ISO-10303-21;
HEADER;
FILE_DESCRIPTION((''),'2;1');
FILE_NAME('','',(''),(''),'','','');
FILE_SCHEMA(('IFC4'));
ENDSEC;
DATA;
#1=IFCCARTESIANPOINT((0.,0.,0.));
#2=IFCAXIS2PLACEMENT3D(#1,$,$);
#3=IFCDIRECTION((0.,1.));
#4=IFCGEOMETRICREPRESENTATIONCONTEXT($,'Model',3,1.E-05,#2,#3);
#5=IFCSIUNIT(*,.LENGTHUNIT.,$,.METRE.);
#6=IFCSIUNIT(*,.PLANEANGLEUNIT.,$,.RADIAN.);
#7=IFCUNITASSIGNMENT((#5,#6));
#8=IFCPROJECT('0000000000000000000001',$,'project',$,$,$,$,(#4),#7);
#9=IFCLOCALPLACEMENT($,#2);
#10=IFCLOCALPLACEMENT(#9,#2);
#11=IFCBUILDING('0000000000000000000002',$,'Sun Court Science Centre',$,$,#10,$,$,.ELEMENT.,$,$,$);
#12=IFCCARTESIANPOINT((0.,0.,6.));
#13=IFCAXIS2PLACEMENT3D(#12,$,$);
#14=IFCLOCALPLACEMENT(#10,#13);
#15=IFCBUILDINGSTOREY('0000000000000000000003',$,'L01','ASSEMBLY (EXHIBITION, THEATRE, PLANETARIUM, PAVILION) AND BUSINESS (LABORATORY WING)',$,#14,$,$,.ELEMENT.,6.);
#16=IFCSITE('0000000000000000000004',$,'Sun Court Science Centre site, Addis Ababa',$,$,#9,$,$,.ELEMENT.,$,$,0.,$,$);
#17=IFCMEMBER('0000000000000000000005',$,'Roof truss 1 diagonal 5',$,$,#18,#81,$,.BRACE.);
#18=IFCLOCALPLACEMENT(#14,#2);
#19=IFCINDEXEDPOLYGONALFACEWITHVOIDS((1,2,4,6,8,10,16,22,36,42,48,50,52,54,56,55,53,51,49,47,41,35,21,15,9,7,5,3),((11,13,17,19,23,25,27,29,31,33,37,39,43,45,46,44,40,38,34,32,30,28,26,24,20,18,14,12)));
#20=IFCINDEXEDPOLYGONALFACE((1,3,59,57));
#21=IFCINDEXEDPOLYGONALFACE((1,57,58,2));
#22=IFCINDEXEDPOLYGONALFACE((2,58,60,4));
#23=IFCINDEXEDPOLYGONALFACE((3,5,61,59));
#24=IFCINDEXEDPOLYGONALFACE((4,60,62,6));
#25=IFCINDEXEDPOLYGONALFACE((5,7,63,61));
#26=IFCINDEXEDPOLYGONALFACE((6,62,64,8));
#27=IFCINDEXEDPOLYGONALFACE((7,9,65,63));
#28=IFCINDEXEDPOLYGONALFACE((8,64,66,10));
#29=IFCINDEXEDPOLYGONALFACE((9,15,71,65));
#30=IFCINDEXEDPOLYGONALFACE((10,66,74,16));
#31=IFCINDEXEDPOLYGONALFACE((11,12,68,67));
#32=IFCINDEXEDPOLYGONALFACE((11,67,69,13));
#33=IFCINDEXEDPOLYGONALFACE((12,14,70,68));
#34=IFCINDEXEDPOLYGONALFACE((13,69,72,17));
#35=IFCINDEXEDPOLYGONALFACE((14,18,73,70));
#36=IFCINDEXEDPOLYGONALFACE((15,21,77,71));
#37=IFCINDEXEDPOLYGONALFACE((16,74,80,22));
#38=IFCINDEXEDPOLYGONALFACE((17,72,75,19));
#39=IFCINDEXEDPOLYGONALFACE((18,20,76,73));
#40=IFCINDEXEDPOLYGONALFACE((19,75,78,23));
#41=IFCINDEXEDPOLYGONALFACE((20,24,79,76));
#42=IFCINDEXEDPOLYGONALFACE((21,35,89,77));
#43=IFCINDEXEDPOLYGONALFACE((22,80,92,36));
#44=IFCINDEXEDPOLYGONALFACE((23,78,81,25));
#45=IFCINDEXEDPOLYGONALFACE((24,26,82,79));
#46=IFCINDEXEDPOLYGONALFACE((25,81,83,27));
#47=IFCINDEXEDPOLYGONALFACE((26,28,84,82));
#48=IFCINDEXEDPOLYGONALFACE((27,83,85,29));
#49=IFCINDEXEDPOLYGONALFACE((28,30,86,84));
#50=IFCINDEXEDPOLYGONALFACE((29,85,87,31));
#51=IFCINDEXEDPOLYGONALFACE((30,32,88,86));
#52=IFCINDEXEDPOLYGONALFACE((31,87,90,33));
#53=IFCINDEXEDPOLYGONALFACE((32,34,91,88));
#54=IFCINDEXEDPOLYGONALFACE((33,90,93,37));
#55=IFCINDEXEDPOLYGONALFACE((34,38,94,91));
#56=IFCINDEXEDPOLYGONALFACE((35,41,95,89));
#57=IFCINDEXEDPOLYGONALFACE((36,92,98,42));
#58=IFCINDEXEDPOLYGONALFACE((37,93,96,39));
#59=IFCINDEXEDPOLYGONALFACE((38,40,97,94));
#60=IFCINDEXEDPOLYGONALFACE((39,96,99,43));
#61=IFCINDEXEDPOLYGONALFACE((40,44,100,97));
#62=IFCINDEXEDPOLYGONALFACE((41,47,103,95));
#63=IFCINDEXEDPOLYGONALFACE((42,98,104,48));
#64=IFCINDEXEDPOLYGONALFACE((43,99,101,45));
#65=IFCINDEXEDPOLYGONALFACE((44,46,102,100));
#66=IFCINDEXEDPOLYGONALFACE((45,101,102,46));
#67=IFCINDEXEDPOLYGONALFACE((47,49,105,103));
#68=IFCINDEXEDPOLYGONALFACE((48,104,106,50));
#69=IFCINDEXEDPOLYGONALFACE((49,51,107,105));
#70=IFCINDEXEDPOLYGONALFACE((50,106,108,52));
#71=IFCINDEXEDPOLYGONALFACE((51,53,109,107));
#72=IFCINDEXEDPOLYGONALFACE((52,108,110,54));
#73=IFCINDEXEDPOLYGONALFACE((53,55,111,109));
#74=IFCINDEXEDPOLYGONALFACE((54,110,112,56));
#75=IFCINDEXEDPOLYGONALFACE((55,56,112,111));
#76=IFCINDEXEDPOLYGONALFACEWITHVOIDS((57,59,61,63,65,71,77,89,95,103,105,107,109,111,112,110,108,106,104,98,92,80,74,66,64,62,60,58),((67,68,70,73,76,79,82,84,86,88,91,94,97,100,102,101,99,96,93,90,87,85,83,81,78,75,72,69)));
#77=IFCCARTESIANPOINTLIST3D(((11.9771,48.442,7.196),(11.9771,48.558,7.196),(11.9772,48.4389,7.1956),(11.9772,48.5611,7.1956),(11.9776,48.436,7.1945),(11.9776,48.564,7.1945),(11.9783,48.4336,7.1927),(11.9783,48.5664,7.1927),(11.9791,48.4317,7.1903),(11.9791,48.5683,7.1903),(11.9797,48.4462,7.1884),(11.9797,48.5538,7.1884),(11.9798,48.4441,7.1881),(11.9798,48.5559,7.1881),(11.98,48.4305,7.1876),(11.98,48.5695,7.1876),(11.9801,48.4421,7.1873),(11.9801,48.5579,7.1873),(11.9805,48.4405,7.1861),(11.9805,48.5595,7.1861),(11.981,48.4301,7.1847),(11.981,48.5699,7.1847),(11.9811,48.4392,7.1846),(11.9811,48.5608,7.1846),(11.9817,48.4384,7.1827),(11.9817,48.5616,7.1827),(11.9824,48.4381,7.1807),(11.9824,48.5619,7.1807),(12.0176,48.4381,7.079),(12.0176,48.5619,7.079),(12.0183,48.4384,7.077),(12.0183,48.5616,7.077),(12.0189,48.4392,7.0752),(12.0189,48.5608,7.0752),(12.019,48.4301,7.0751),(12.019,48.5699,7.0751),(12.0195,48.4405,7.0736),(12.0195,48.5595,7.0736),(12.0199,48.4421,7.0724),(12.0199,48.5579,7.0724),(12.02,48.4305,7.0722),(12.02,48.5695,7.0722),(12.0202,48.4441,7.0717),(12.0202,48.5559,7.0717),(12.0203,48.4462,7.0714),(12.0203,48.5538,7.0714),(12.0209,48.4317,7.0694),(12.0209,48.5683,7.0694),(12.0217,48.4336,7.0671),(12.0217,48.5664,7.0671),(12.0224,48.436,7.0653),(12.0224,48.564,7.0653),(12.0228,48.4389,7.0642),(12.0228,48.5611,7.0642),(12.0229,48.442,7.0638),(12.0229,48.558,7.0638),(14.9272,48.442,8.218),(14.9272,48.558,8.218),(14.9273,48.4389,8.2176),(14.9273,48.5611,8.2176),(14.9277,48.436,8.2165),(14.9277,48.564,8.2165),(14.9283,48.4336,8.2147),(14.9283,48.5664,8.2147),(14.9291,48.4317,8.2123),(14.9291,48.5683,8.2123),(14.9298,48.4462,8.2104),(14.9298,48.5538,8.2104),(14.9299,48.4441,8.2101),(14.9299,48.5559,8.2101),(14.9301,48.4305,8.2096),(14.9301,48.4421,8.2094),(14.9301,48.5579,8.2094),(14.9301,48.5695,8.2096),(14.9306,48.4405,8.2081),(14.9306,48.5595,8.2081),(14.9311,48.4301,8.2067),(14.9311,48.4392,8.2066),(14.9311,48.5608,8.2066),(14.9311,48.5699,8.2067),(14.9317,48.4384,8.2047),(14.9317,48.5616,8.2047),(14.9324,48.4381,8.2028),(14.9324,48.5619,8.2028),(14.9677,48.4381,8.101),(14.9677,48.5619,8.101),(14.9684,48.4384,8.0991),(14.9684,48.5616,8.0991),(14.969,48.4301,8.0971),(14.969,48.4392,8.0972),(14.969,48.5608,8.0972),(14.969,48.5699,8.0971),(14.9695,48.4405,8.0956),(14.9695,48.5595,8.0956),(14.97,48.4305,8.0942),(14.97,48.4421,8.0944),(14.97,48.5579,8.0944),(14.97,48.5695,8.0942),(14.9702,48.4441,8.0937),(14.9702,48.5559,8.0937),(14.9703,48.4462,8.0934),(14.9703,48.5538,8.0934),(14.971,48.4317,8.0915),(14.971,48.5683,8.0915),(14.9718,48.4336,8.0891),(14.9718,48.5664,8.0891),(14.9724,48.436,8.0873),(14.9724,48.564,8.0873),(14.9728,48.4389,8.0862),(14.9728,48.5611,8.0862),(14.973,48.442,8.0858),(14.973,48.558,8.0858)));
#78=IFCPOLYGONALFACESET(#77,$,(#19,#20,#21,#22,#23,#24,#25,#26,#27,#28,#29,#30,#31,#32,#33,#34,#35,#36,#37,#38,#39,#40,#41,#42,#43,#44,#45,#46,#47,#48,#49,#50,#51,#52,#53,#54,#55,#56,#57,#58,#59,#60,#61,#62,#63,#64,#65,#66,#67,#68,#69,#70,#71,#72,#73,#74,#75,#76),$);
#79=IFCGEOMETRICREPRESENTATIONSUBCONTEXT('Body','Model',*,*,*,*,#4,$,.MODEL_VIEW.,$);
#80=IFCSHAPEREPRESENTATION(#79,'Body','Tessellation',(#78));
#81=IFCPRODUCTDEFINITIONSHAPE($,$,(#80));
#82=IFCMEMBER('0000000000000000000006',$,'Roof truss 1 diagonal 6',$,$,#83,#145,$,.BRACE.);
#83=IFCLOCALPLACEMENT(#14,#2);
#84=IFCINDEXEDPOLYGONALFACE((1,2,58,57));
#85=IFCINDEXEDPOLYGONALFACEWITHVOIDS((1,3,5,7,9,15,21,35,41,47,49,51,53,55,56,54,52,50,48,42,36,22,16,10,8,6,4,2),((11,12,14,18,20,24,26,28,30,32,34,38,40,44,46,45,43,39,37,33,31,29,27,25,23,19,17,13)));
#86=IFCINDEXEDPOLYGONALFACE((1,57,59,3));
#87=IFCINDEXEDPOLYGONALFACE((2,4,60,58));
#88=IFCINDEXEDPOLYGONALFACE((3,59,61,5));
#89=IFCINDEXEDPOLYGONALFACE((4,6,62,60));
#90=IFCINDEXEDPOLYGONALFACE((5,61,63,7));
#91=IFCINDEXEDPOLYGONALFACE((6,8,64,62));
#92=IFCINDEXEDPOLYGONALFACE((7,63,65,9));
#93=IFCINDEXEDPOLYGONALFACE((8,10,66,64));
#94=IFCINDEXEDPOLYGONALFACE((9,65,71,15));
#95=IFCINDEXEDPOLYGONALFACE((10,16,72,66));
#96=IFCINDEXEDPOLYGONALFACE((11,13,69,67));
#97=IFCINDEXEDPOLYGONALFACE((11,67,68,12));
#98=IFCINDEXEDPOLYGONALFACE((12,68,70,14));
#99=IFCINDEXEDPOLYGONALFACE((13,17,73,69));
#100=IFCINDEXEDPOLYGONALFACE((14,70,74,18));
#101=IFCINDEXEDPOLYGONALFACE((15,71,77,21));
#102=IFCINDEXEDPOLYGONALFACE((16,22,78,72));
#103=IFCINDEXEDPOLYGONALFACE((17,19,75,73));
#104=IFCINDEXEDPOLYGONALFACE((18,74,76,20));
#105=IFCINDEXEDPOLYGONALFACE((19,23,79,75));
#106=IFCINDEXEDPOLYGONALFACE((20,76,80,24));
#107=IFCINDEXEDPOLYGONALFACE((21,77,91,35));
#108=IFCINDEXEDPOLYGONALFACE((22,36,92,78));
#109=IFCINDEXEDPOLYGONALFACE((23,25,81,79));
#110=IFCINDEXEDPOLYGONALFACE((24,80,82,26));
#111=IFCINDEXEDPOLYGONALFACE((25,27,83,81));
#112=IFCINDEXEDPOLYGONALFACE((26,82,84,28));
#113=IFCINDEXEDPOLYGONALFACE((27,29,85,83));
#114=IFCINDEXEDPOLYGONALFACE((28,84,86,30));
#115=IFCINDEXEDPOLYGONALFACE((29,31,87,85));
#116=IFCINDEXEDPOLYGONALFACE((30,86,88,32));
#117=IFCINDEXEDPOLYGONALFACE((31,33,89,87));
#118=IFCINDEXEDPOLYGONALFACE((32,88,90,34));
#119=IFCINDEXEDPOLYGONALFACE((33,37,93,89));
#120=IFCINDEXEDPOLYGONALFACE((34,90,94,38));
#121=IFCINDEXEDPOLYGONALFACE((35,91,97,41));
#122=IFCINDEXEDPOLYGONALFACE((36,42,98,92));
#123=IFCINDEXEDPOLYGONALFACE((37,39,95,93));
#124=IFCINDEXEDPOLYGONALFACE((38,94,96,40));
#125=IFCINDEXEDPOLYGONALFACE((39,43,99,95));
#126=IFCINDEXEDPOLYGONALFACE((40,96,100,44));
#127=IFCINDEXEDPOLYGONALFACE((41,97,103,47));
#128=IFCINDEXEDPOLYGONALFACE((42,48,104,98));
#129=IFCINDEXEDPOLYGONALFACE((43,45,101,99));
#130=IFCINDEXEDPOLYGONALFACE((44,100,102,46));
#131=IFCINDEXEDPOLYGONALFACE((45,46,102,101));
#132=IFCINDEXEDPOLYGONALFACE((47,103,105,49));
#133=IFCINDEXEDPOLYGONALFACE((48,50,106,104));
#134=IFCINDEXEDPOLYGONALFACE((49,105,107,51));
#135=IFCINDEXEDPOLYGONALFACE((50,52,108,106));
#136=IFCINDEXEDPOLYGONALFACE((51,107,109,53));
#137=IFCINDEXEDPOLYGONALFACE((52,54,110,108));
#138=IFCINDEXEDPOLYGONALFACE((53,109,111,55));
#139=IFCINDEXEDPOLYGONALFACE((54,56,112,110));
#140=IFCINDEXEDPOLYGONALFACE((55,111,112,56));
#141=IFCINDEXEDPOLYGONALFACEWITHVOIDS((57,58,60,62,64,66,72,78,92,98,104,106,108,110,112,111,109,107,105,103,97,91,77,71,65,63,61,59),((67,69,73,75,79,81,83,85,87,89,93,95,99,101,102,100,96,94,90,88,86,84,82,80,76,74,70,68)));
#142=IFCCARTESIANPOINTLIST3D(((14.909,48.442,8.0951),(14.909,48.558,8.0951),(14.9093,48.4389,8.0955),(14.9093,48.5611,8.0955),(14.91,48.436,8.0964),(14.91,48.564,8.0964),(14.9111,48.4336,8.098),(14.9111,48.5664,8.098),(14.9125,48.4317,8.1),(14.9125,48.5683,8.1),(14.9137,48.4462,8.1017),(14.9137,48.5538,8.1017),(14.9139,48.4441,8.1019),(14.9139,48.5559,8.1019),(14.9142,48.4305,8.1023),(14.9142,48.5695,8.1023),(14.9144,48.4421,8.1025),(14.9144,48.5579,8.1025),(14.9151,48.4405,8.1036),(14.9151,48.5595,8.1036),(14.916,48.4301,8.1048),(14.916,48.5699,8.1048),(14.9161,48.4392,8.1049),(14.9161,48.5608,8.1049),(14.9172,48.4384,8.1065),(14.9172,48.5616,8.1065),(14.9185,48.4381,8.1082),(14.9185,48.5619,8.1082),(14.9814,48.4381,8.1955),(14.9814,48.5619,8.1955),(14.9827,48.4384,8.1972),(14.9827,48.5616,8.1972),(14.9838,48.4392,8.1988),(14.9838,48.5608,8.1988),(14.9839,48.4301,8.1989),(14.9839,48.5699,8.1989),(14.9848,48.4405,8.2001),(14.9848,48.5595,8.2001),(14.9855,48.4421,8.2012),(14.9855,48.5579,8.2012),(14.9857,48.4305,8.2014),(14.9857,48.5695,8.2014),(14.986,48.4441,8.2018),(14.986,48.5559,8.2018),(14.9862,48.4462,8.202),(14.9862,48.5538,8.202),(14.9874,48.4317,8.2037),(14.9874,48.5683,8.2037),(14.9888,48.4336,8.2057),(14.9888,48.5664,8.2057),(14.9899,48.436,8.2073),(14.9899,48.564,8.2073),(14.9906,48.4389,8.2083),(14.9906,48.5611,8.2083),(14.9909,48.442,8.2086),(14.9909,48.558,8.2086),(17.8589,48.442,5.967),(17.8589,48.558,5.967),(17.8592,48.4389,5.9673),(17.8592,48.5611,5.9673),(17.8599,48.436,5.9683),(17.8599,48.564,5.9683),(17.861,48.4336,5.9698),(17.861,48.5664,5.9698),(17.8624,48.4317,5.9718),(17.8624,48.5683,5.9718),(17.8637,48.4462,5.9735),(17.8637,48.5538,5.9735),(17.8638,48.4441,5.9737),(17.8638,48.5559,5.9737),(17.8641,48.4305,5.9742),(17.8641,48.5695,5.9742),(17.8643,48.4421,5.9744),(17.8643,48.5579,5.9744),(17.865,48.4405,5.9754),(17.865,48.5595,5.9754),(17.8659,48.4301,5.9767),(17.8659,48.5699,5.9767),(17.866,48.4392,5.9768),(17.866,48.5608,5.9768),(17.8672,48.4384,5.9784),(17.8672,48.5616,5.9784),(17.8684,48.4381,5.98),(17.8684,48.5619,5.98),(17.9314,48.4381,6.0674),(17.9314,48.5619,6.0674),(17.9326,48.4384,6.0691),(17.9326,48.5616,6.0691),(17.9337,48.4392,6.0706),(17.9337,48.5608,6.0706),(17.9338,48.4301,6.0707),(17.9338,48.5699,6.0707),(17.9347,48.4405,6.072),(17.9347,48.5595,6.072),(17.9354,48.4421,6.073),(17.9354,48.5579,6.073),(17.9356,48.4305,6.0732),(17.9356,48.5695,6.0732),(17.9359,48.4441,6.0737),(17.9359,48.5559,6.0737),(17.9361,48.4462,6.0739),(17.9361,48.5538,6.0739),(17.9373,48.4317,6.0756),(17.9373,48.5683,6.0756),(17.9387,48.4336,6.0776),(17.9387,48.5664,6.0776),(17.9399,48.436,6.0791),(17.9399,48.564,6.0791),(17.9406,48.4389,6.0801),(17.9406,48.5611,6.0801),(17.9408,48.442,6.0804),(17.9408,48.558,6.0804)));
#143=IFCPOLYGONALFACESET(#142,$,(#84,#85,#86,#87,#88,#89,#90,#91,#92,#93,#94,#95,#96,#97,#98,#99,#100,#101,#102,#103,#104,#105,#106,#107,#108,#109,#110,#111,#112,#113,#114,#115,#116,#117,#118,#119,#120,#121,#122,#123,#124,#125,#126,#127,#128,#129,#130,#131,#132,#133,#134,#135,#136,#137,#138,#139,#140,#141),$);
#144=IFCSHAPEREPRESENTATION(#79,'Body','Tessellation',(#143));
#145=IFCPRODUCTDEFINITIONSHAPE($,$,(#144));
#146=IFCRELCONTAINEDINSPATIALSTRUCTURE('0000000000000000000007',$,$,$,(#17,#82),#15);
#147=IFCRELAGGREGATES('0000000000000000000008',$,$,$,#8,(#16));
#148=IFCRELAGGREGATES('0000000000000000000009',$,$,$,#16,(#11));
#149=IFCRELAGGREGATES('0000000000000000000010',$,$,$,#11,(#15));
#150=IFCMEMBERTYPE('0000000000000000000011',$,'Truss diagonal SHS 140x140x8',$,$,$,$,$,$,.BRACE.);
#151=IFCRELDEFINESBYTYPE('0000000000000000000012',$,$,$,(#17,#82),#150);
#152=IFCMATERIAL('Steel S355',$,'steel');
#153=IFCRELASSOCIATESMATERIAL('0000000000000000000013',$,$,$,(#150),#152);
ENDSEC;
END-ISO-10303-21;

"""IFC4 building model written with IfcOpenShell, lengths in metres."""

from ifc_helpers import new_model, si_unit, direction, frame, origin, origin_2d, place, context, subcontext, project, spatial, hollow_rectangle, extrude, material, material_profile, profile_set, type_object, element, save


model = new_model("IFC4")

# Units and contexts
model_context = context("Model", 3, precision=1e-05, world=origin(), true_north=direction((0.0, 1.0)))
body_context = subcontext(model_context, "Body", "Model", "MODEL_VIEW")
ifc_project = project(units=[si_unit("LENGTHUNIT", "METRE"), si_unit("PLANEANGLEUNIT", "RADIAN")], contexts=[model_context])

# Site, building, storey
site_placement = place(None, origin())
site = spatial("IfcSite", under=ifc_project, at=site_placement, Name="Sun Court Science Centre site, Addis Ababa", CompositionType="ELEMENT", RefElevation=0.0)
building_placement = place(site_placement, origin())
building = spatial("IfcBuilding", under=site, at=building_placement, Name="Sun Court Science Centre", CompositionType="ELEMENT")
storey_placement = place(building_placement, frame((0.0, 0.0, 6.0)))
storey = spatial("IfcBuildingStorey", under=building, at=storey_placement, Name="L01", Description="ASSEMBLY (EXHIBITION, THEATRE, PLANETARIUM, PAVILION) AND BUSINESS (LABORATORY WING)", CompositionType="ELEMENT", Elevation=6.0)

# Members
ifc_material_1 = material(Name="Steel S355", Category="steel")
ifc_material_profile_1 = material_profile(ifc_material_1, hollow_rectangle(XDim=0.1399, YDim=0.1399, WallThickness=0.0081, InnerFilletRadius=0.0081, OuterFilletRadius=0.012, at=origin_2d()), Name="SHS 140x140x8")
ifc_profile_set_1 = profile_set([ifc_material_profile_1], Name="Steel S355")
member_type_1 = type_object("IfcMemberType", Name="Truss diagonal SHS 140x140x8", PredefinedType="BRACE", material=ifc_profile_set_1)
member_1_placement = place(storey_placement, frame((12.0, 48.5, 7.1299), z_axis=(0.944903, 0.0, 0.32735), x_axis=(0.0, 1.0, 0.0)))
element("IfcMember", 1, at=member_1_placement, inside=storey, type_object=member_type_1, Name="Roof truss 1 diagonal 5", PredefinedType="BRACE", context=body_context, shape_type="SweptSolid", body=[
    extrude(hollow_rectangle(XDim=0.1399, YDim=0.1399, WallThickness=0.0081, InnerFilletRadius=0.0081, OuterFilletRadius=0.012, at=origin_2d()), origin(), (0.0, 0.0, 1.0), 3.1221),
])
member_2_placement = place(storey_placement, frame((14.95, 48.5, 8.1519), z_axis=(0.810985, 0.0, -0.585067), x_axis=(0.0, 1.0, 0.0)))
element("IfcMember", 2, at=member_2_placement, inside=storey, type_object=member_type_1, Name="Roof truss 1 diagonal 6", PredefinedType="BRACE", context=body_context, shape_type="SweptSolid", body=[
    extrude(hollow_rectangle(XDim=0.1399, YDim=0.1399, WallThickness=0.0081, InnerFilletRadius=0.0081, OuterFilletRadius=0.012, at=origin_2d()), origin(), (0.0, 0.0, 1.0), 3.6375),
])

save(model, "model.ifc")
